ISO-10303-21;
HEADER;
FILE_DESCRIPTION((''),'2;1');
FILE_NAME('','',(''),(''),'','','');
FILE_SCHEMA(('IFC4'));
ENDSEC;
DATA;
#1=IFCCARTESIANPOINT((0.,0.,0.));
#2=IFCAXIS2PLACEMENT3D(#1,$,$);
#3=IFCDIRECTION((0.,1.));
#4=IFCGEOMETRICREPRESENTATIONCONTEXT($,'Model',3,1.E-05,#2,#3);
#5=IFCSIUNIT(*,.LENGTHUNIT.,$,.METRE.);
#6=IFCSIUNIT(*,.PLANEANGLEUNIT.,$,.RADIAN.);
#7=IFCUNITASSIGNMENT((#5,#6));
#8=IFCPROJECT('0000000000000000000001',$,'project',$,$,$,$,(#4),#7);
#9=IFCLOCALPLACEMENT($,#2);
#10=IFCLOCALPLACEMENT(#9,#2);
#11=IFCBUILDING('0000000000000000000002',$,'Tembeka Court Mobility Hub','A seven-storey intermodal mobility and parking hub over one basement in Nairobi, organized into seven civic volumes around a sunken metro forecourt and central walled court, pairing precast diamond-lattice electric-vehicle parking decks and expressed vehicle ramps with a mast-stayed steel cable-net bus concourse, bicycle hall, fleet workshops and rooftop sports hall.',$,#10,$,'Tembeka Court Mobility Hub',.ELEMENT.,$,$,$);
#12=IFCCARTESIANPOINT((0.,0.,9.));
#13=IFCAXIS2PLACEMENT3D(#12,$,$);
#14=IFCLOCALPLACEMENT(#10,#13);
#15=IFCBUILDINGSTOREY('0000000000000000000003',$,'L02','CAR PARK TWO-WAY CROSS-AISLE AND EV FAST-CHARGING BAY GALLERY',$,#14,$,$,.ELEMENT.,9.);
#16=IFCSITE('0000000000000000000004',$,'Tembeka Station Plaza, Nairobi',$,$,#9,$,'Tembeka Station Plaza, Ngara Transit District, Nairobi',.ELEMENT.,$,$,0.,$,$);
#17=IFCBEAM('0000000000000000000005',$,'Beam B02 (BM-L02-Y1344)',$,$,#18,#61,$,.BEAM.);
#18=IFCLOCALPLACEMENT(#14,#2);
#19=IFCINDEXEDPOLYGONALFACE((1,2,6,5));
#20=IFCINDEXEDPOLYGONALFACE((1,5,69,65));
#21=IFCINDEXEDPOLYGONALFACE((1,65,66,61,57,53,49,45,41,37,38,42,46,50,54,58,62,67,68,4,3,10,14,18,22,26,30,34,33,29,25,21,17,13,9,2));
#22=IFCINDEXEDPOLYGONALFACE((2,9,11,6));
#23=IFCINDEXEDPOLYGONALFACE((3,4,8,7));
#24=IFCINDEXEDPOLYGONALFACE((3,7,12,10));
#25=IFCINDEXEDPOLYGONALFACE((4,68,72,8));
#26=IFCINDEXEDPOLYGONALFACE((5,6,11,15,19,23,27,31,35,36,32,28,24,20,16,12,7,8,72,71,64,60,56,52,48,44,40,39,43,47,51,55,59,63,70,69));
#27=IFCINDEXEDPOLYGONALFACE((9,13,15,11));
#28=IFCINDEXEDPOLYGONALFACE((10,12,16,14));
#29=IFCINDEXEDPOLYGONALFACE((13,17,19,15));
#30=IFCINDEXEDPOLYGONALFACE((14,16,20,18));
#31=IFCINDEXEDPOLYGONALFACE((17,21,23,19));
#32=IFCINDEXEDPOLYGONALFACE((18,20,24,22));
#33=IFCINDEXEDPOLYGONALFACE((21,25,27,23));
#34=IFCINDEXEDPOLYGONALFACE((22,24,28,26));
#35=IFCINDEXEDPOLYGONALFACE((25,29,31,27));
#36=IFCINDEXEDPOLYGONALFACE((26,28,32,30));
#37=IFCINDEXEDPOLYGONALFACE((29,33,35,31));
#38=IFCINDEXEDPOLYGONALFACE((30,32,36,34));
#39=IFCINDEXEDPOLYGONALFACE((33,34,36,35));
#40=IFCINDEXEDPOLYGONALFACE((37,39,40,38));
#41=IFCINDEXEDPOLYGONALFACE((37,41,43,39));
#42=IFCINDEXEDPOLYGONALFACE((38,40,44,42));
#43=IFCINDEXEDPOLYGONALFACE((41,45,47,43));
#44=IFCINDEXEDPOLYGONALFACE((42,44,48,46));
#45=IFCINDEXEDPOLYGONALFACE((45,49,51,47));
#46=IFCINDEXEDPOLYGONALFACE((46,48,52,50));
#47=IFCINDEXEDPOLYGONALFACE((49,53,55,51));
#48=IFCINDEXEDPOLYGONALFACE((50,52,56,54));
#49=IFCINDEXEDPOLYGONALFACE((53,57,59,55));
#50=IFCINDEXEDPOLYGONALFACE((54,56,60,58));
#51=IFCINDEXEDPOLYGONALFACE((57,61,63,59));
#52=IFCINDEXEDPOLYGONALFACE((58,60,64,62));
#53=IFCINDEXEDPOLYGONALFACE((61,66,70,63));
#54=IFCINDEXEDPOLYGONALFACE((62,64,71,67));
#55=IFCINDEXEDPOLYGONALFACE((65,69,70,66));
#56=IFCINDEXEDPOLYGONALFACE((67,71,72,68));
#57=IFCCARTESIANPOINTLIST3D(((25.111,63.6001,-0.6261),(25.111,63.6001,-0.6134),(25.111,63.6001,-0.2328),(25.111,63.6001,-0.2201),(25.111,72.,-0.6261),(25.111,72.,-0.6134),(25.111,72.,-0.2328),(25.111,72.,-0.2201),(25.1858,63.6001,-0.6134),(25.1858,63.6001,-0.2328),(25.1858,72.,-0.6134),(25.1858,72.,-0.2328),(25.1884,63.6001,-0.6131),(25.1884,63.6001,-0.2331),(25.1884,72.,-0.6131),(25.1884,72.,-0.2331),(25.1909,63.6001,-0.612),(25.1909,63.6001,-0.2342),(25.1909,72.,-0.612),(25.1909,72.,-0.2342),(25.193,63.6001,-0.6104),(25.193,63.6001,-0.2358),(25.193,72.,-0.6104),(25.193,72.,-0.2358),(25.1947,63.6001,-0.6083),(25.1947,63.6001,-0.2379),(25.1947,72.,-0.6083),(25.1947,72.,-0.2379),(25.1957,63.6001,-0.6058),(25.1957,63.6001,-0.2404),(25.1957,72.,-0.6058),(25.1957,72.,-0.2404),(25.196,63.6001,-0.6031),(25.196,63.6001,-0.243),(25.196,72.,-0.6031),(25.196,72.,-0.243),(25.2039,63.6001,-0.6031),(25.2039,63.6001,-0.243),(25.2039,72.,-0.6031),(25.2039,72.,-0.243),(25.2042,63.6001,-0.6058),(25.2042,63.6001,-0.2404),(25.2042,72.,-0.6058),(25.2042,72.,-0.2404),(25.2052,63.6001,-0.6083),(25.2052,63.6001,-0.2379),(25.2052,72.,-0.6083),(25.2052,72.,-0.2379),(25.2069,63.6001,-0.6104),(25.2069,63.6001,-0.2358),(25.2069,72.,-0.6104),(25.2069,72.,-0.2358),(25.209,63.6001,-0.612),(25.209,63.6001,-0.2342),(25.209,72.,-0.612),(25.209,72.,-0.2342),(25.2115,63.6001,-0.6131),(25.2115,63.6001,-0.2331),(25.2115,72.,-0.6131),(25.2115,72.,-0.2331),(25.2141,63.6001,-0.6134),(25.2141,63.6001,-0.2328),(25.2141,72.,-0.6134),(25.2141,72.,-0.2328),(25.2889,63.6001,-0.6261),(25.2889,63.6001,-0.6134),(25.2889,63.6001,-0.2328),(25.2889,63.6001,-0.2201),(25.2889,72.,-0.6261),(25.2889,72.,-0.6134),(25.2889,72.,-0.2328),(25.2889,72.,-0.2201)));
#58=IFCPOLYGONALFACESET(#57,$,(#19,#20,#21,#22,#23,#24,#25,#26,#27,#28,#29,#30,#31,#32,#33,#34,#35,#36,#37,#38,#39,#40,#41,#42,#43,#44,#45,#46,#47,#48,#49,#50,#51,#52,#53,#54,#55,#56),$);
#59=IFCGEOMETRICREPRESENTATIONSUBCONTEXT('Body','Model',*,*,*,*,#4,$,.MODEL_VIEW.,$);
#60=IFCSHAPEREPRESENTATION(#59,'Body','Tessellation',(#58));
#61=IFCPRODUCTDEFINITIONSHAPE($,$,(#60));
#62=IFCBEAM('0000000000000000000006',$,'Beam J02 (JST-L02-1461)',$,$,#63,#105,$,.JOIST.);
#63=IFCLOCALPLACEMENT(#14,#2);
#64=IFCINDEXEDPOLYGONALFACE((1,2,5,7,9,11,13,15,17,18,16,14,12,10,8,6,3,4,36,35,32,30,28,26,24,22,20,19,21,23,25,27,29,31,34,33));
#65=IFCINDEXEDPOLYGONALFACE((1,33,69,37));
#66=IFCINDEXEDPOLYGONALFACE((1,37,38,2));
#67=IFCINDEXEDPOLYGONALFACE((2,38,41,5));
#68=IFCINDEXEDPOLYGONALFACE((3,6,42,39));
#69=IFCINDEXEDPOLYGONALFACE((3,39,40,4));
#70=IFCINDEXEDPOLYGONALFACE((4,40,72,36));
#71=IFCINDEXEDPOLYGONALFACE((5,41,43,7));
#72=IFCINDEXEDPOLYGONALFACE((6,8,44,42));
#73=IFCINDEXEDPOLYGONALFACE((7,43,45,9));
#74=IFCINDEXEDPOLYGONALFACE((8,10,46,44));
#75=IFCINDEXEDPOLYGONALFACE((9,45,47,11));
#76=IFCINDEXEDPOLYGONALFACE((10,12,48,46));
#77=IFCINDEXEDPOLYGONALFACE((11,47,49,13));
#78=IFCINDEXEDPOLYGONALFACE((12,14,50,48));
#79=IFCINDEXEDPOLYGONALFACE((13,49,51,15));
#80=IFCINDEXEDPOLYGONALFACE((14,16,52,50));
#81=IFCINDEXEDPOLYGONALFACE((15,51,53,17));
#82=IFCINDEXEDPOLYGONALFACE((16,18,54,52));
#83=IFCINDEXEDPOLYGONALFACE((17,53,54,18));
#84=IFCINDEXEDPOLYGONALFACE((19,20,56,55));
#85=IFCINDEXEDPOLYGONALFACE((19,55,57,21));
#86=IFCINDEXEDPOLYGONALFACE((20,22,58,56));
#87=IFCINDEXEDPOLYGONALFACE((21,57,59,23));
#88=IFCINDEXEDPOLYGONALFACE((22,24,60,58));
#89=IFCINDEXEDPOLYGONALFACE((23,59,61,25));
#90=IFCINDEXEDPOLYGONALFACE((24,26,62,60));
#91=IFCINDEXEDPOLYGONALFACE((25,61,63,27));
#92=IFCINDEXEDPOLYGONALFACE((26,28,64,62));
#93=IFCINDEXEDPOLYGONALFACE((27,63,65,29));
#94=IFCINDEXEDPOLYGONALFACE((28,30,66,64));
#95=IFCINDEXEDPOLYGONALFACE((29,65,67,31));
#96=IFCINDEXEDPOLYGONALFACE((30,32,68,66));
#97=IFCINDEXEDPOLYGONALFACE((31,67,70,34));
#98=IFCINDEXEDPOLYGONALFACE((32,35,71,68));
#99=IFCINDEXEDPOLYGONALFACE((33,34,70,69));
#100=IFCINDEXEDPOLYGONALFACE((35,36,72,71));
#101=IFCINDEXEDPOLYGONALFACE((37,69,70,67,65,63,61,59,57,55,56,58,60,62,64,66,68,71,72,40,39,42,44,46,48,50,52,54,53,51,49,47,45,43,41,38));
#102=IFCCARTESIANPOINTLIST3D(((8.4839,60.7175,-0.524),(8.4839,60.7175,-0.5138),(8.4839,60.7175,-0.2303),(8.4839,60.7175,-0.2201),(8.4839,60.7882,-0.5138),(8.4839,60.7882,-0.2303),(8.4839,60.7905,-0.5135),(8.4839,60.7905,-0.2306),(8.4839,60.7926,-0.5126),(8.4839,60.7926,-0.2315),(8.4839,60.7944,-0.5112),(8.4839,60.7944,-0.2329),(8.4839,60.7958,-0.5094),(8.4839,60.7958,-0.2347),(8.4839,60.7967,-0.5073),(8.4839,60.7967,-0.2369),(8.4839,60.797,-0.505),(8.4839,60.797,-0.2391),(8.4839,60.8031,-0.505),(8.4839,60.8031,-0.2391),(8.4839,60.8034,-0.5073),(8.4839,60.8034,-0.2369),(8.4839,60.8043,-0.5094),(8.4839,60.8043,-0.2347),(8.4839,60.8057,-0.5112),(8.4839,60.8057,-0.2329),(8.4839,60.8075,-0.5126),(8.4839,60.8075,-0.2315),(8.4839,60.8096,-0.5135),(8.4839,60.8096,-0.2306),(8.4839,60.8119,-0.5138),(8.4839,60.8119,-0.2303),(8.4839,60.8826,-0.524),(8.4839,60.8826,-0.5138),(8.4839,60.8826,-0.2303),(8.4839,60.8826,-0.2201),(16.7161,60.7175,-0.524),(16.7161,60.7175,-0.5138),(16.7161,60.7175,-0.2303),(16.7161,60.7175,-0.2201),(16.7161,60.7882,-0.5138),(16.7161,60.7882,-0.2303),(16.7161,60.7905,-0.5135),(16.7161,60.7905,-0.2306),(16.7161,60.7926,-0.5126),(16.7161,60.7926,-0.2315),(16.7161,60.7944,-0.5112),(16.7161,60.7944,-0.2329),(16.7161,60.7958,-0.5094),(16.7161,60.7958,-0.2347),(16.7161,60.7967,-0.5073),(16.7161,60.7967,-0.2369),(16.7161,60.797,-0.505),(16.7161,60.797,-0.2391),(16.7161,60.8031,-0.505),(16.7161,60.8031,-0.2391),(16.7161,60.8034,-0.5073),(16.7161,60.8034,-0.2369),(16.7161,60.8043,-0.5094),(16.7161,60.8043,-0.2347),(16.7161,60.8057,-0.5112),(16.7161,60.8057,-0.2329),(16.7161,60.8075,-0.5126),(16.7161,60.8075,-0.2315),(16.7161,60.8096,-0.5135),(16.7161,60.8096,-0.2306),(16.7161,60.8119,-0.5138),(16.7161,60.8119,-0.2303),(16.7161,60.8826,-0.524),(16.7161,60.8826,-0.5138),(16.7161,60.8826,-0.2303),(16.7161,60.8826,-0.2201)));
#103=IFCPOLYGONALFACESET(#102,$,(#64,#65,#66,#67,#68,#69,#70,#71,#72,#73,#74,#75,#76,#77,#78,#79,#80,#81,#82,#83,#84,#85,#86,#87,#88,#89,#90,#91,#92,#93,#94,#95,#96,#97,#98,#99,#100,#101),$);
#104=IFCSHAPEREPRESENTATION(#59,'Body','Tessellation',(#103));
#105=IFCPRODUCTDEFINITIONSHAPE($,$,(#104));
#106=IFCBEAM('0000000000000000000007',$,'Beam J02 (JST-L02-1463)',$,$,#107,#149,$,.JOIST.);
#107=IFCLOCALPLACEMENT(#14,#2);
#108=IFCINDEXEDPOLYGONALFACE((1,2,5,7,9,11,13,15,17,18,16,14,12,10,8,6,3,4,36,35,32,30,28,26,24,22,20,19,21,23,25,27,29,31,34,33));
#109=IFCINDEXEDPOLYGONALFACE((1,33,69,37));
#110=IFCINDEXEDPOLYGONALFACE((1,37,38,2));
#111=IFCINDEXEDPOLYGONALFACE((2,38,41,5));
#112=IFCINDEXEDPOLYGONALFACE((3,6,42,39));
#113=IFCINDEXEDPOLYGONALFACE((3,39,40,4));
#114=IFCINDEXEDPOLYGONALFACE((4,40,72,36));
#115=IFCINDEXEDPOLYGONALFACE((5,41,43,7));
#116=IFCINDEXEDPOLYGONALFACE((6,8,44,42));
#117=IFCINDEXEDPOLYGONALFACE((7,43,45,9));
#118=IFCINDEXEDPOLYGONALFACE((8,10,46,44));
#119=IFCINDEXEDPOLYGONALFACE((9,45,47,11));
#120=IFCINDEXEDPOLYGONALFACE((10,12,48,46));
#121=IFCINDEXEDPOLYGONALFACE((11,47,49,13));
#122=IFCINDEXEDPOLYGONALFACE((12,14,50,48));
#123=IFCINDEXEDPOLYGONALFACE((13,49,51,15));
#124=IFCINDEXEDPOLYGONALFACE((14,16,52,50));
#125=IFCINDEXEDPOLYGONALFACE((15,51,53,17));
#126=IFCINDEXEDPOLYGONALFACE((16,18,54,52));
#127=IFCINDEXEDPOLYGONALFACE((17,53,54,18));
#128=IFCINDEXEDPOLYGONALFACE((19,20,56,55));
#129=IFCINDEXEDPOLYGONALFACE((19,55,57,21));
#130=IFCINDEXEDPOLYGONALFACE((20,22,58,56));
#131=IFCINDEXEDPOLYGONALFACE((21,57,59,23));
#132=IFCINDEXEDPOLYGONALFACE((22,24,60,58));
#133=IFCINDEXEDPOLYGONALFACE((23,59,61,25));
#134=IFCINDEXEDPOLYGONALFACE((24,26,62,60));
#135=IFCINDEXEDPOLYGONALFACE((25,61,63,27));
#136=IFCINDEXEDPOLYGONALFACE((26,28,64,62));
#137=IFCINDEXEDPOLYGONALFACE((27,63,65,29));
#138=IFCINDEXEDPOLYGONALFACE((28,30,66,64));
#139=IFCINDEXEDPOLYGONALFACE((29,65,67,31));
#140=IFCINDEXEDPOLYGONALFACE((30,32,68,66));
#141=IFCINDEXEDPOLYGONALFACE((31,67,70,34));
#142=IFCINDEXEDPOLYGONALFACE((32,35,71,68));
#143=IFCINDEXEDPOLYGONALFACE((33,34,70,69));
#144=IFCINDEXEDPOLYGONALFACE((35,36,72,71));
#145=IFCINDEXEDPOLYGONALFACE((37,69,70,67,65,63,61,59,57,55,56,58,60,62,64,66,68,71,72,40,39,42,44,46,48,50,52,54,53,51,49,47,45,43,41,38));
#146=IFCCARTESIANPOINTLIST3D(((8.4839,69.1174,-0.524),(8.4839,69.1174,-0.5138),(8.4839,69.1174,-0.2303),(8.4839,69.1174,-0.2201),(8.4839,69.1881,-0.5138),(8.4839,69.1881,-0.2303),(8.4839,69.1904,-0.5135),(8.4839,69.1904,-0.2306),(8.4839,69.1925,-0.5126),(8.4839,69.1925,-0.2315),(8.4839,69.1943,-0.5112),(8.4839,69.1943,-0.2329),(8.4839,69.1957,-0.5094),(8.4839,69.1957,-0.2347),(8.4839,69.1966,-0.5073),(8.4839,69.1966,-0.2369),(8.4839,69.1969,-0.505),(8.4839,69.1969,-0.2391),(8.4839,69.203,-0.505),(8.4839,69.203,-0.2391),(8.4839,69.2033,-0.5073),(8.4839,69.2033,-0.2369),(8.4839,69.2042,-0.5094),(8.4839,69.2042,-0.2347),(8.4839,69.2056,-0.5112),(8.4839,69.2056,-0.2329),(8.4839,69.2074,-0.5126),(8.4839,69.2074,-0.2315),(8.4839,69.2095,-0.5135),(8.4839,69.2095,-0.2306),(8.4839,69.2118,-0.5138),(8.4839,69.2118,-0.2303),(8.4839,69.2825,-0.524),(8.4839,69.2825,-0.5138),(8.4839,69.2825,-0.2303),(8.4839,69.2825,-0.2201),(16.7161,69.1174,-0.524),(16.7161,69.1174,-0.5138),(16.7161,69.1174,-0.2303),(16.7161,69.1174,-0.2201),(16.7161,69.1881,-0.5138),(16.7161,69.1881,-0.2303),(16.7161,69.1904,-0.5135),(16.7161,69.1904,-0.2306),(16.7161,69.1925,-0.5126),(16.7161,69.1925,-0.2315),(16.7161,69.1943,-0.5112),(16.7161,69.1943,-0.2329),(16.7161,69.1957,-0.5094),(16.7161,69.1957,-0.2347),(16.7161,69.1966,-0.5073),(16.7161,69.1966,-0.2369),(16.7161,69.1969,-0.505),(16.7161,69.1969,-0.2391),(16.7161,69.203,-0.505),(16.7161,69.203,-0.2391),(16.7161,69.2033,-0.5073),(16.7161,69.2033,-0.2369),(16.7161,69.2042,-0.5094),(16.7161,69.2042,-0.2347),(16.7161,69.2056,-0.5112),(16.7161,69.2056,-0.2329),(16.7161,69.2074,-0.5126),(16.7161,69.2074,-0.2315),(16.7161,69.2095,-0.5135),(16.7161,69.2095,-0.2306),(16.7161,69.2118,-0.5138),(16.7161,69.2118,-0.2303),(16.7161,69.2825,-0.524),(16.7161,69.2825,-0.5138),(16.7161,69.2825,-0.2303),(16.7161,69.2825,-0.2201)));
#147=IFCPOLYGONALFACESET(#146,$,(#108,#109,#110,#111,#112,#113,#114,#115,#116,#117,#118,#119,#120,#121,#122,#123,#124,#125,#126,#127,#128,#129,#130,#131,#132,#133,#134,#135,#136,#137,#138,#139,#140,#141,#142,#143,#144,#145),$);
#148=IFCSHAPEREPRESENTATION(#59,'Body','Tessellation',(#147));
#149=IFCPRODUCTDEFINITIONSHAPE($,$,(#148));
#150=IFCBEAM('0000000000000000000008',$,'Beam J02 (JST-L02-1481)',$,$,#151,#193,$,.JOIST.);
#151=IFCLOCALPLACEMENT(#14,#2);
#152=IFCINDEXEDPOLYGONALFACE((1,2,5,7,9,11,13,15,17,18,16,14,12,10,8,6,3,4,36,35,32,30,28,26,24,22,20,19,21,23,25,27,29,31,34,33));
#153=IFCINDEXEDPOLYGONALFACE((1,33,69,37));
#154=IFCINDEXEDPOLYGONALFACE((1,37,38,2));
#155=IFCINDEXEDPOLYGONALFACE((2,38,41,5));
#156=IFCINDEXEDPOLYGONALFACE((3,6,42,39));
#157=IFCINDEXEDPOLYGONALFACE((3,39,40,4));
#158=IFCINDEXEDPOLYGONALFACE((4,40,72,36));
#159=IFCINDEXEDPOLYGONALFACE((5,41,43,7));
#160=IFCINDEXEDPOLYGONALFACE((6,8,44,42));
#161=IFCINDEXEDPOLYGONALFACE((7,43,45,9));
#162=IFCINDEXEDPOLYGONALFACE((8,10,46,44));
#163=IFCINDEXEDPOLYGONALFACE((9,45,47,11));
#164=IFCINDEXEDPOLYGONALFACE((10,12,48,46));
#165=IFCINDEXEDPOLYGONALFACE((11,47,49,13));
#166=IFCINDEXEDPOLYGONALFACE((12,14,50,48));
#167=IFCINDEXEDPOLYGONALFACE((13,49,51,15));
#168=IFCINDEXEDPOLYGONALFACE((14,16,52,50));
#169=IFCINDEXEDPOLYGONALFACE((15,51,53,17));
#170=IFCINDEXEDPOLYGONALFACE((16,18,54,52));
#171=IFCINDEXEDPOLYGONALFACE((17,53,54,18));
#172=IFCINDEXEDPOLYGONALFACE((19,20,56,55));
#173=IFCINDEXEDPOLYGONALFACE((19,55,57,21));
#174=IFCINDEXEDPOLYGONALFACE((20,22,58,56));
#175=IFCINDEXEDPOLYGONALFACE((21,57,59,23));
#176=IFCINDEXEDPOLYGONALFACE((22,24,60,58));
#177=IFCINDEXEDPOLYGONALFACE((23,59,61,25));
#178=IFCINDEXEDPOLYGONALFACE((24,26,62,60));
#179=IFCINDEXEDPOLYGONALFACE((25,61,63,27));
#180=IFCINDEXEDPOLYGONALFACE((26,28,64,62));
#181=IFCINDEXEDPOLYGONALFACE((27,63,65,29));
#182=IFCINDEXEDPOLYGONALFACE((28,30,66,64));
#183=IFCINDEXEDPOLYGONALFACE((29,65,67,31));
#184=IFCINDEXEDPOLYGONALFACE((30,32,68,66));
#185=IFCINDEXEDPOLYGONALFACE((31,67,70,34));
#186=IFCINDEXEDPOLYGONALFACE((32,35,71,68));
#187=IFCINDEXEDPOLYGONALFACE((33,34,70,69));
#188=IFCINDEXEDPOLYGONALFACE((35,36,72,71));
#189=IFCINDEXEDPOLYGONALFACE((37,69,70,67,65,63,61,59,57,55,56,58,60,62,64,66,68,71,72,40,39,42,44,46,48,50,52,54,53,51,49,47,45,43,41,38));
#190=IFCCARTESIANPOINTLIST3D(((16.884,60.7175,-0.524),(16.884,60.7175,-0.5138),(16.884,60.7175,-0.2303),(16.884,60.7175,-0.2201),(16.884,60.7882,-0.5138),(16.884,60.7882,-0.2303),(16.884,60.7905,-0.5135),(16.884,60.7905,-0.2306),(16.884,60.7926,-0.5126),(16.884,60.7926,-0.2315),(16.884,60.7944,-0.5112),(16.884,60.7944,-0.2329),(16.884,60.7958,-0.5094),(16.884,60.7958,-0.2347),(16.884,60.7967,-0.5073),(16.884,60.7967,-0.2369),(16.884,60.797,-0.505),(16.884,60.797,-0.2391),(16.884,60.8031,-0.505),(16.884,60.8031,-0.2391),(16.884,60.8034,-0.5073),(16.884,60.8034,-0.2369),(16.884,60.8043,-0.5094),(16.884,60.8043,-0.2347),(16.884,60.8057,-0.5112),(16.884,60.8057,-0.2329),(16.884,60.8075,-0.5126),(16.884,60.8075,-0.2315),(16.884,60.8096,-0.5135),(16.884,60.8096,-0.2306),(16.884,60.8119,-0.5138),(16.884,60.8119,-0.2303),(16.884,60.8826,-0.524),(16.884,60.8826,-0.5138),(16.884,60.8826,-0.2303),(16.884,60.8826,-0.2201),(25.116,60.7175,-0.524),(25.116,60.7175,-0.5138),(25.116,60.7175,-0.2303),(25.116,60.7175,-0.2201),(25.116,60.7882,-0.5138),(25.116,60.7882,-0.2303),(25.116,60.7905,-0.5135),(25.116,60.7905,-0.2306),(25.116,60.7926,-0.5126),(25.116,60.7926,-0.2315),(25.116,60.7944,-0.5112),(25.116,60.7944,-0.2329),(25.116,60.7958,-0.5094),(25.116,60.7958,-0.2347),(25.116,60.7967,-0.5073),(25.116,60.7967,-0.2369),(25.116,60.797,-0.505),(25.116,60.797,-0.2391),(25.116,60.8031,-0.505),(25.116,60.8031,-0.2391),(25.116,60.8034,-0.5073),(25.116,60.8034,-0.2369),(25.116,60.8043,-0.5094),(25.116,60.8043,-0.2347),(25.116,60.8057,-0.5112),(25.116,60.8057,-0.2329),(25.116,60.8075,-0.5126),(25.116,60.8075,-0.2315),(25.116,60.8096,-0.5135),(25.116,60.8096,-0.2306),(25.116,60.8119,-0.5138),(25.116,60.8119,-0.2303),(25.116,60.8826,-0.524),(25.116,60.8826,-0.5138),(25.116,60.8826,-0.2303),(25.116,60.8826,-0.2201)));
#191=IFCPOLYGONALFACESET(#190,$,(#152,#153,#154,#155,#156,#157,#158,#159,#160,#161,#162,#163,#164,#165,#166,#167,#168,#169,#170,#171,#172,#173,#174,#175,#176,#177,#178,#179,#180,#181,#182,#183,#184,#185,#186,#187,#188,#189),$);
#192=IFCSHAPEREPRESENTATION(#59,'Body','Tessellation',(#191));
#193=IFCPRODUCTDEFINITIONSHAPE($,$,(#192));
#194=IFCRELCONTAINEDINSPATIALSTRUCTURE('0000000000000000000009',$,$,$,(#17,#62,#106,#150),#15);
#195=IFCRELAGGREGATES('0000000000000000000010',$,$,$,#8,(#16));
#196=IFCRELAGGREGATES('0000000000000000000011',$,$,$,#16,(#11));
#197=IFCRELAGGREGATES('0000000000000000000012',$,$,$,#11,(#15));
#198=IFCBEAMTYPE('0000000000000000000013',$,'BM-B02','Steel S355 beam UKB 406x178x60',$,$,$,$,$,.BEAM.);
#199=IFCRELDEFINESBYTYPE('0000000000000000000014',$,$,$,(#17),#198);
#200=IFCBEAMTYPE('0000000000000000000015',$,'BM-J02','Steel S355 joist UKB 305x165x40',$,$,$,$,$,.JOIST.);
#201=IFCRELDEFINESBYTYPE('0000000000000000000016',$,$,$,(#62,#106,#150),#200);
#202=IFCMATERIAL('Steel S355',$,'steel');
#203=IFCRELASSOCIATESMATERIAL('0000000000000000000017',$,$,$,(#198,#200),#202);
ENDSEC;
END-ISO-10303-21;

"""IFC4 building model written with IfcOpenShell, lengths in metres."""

from ifc_helpers import new_model, si_unit, direction, frame, origin, origin_2d, place, context, subcontext, project, spatial, i_section, extrude, material, material_profile, profile_set, type_object, element, save


model = new_model("IFC4")

# Units and contexts
model_context = context("Model", 3, precision=1e-05, world=origin(), true_north=direction((0.0, 1.0)))
body_context = subcontext(model_context, "Body", "Model", "MODEL_VIEW")
ifc_project = project(units=[si_unit("LENGTHUNIT", "METRE"), si_unit("PLANEANGLEUNIT", "RADIAN")], contexts=[model_context])

# Site, building, storey
site_placement = place(None, origin())
site = spatial("IfcSite", under=ifc_project, at=site_placement, Name="Tembeka Station Plaza, Nairobi", LongName="Tembeka Station Plaza, Ngara Transit District, Nairobi", CompositionType="ELEMENT", RefElevation=0.0)
building_placement = place(site_placement, origin())
building = spatial("IfcBuilding", under=site, at=building_placement, Name="Tembeka Court Mobility Hub", Description="A seven-storey intermodal mobility and parking hub over one basement in Nairobi, organized into seven civic volumes around a sunken metro forecourt and central walled court, pairing precast diamond-lattice electric-vehicle parking decks and expressed vehicle ramps with a mast-stayed steel cable-net bus concourse, bicycle hall, fleet workshops and rooftop sports hall.", LongName="Tembeka Court Mobility Hub", CompositionType="ELEMENT")
storey_placement = place(building_placement, frame((0.0, 0.0, 9.0)))
storey = spatial("IfcBuildingStorey", under=building, at=storey_placement, Name="L02", Description="CAR PARK TWO-WAY CROSS-AISLE AND EV FAST-CHARGING BAY GALLERY", CompositionType="ELEMENT", Elevation=9.0)

# Shared definitions
ifc_material_1 = material(Name="Steel S355", Category="steel")

# Beams
ifc_material_profile_1 = material_profile(ifc_material_1, i_section(OverallWidth=0.178, OverallDepth=0.406, WebThickness=0.0078, FlangeThickness=0.0127, FilletRadius=0.0103, at=origin_2d()), Name="UKB 406x178x60")
ifc_profile_set_1 = profile_set([ifc_material_profile_1], Name="Steel S355")
beam_type_1 = type_object("IfcBeamType", Name="BM-B02", Description="Steel S355 beam UKB 406x178x60", PredefinedType="BEAM", material=ifc_profile_set_1)
for number, where, z_axis, x_axis, name in (
    (1, (25.2, 63.6001, -0.4231), (0.0, 1.0, 0.0), (-1.0, 0.0, 0.0), "Beam B02 (BM-L02-Y1344)"),
):
    element("IfcBeam", number, at=place(storey_placement, frame(where, z_axis=z_axis, x_axis=x_axis)), inside=storey, type_object=beam_type_1, Name=name, PredefinedType="BEAM", context=body_context, shape_type="SweptSolid", body=[
        extrude(i_section(OverallWidth=0.178, OverallDepth=0.406, WebThickness=0.0078, FlangeThickness=0.0127, FilletRadius=0.0103, at=origin_2d()), origin(), (0.0, 0.0, 1.0), 8.3999),
    ])
ifc_material_profile_2 = material_profile(ifc_material_1, i_section(OverallWidth=0.165, OverallDepth=0.304, WebThickness=0.0061, FlangeThickness=0.0103, FilletRadius=0.0088, at=origin_2d()), Name="UKB 305x165x40")
ifc_profile_set_2 = profile_set([ifc_material_profile_2], Name="Steel S355")
beam_type_2 = type_object("IfcBeamType", Name="BM-J02", Description="Steel S355 joist UKB 305x165x40", PredefinedType="JOIST", material=ifc_profile_set_2)
for number, where, z_axis, x_axis, name in (
    (2, (8.4839, 60.8, -0.3721), (1.0, 0.0, 0.0), (0.0, 1.0, 0.0), "Beam J02 (JST-L02-1461)"),
    (3, (8.4839, 69.2, -0.3721), (1.0, 0.0, 0.0), (0.0, 1.0, 0.0), "Beam J02 (JST-L02-1463)"),
):
    element("IfcBeam", number, at=place(storey_placement, frame(where, z_axis=z_axis, x_axis=x_axis)), inside=storey, type_object=beam_type_2, Name=name, PredefinedType="JOIST", context=body_context, shape_type="SweptSolid", body=[
        extrude(i_section(OverallWidth=0.165, OverallDepth=0.304, WebThickness=0.0061, FlangeThickness=0.0103, FilletRadius=0.0088, at=origin_2d()), origin(), (0.0, 0.0, 1.0), 8.2322),
    ])
for number, where, z_axis, x_axis, name in (
    (4, (16.884, 60.8, -0.3721), (1.0, 0.0, 0.0), (0.0, 1.0, 0.0), "Beam J02 (JST-L02-1481)"),
):
    element("IfcBeam", number, at=place(storey_placement, frame(where, z_axis=z_axis, x_axis=x_axis)), inside=storey, type_object=beam_type_2, Name=name, PredefinedType="JOIST", context=body_context, shape_type="SweptSolid", body=[
        extrude(i_section(OverallWidth=0.165, OverallDepth=0.304, WebThickness=0.0061, FlangeThickness=0.0103, FilletRadius=0.0088, at=origin_2d()), origin(), (0.0, 0.0, 1.0), 8.2319),
    ])

save(model, "model.ifc")
